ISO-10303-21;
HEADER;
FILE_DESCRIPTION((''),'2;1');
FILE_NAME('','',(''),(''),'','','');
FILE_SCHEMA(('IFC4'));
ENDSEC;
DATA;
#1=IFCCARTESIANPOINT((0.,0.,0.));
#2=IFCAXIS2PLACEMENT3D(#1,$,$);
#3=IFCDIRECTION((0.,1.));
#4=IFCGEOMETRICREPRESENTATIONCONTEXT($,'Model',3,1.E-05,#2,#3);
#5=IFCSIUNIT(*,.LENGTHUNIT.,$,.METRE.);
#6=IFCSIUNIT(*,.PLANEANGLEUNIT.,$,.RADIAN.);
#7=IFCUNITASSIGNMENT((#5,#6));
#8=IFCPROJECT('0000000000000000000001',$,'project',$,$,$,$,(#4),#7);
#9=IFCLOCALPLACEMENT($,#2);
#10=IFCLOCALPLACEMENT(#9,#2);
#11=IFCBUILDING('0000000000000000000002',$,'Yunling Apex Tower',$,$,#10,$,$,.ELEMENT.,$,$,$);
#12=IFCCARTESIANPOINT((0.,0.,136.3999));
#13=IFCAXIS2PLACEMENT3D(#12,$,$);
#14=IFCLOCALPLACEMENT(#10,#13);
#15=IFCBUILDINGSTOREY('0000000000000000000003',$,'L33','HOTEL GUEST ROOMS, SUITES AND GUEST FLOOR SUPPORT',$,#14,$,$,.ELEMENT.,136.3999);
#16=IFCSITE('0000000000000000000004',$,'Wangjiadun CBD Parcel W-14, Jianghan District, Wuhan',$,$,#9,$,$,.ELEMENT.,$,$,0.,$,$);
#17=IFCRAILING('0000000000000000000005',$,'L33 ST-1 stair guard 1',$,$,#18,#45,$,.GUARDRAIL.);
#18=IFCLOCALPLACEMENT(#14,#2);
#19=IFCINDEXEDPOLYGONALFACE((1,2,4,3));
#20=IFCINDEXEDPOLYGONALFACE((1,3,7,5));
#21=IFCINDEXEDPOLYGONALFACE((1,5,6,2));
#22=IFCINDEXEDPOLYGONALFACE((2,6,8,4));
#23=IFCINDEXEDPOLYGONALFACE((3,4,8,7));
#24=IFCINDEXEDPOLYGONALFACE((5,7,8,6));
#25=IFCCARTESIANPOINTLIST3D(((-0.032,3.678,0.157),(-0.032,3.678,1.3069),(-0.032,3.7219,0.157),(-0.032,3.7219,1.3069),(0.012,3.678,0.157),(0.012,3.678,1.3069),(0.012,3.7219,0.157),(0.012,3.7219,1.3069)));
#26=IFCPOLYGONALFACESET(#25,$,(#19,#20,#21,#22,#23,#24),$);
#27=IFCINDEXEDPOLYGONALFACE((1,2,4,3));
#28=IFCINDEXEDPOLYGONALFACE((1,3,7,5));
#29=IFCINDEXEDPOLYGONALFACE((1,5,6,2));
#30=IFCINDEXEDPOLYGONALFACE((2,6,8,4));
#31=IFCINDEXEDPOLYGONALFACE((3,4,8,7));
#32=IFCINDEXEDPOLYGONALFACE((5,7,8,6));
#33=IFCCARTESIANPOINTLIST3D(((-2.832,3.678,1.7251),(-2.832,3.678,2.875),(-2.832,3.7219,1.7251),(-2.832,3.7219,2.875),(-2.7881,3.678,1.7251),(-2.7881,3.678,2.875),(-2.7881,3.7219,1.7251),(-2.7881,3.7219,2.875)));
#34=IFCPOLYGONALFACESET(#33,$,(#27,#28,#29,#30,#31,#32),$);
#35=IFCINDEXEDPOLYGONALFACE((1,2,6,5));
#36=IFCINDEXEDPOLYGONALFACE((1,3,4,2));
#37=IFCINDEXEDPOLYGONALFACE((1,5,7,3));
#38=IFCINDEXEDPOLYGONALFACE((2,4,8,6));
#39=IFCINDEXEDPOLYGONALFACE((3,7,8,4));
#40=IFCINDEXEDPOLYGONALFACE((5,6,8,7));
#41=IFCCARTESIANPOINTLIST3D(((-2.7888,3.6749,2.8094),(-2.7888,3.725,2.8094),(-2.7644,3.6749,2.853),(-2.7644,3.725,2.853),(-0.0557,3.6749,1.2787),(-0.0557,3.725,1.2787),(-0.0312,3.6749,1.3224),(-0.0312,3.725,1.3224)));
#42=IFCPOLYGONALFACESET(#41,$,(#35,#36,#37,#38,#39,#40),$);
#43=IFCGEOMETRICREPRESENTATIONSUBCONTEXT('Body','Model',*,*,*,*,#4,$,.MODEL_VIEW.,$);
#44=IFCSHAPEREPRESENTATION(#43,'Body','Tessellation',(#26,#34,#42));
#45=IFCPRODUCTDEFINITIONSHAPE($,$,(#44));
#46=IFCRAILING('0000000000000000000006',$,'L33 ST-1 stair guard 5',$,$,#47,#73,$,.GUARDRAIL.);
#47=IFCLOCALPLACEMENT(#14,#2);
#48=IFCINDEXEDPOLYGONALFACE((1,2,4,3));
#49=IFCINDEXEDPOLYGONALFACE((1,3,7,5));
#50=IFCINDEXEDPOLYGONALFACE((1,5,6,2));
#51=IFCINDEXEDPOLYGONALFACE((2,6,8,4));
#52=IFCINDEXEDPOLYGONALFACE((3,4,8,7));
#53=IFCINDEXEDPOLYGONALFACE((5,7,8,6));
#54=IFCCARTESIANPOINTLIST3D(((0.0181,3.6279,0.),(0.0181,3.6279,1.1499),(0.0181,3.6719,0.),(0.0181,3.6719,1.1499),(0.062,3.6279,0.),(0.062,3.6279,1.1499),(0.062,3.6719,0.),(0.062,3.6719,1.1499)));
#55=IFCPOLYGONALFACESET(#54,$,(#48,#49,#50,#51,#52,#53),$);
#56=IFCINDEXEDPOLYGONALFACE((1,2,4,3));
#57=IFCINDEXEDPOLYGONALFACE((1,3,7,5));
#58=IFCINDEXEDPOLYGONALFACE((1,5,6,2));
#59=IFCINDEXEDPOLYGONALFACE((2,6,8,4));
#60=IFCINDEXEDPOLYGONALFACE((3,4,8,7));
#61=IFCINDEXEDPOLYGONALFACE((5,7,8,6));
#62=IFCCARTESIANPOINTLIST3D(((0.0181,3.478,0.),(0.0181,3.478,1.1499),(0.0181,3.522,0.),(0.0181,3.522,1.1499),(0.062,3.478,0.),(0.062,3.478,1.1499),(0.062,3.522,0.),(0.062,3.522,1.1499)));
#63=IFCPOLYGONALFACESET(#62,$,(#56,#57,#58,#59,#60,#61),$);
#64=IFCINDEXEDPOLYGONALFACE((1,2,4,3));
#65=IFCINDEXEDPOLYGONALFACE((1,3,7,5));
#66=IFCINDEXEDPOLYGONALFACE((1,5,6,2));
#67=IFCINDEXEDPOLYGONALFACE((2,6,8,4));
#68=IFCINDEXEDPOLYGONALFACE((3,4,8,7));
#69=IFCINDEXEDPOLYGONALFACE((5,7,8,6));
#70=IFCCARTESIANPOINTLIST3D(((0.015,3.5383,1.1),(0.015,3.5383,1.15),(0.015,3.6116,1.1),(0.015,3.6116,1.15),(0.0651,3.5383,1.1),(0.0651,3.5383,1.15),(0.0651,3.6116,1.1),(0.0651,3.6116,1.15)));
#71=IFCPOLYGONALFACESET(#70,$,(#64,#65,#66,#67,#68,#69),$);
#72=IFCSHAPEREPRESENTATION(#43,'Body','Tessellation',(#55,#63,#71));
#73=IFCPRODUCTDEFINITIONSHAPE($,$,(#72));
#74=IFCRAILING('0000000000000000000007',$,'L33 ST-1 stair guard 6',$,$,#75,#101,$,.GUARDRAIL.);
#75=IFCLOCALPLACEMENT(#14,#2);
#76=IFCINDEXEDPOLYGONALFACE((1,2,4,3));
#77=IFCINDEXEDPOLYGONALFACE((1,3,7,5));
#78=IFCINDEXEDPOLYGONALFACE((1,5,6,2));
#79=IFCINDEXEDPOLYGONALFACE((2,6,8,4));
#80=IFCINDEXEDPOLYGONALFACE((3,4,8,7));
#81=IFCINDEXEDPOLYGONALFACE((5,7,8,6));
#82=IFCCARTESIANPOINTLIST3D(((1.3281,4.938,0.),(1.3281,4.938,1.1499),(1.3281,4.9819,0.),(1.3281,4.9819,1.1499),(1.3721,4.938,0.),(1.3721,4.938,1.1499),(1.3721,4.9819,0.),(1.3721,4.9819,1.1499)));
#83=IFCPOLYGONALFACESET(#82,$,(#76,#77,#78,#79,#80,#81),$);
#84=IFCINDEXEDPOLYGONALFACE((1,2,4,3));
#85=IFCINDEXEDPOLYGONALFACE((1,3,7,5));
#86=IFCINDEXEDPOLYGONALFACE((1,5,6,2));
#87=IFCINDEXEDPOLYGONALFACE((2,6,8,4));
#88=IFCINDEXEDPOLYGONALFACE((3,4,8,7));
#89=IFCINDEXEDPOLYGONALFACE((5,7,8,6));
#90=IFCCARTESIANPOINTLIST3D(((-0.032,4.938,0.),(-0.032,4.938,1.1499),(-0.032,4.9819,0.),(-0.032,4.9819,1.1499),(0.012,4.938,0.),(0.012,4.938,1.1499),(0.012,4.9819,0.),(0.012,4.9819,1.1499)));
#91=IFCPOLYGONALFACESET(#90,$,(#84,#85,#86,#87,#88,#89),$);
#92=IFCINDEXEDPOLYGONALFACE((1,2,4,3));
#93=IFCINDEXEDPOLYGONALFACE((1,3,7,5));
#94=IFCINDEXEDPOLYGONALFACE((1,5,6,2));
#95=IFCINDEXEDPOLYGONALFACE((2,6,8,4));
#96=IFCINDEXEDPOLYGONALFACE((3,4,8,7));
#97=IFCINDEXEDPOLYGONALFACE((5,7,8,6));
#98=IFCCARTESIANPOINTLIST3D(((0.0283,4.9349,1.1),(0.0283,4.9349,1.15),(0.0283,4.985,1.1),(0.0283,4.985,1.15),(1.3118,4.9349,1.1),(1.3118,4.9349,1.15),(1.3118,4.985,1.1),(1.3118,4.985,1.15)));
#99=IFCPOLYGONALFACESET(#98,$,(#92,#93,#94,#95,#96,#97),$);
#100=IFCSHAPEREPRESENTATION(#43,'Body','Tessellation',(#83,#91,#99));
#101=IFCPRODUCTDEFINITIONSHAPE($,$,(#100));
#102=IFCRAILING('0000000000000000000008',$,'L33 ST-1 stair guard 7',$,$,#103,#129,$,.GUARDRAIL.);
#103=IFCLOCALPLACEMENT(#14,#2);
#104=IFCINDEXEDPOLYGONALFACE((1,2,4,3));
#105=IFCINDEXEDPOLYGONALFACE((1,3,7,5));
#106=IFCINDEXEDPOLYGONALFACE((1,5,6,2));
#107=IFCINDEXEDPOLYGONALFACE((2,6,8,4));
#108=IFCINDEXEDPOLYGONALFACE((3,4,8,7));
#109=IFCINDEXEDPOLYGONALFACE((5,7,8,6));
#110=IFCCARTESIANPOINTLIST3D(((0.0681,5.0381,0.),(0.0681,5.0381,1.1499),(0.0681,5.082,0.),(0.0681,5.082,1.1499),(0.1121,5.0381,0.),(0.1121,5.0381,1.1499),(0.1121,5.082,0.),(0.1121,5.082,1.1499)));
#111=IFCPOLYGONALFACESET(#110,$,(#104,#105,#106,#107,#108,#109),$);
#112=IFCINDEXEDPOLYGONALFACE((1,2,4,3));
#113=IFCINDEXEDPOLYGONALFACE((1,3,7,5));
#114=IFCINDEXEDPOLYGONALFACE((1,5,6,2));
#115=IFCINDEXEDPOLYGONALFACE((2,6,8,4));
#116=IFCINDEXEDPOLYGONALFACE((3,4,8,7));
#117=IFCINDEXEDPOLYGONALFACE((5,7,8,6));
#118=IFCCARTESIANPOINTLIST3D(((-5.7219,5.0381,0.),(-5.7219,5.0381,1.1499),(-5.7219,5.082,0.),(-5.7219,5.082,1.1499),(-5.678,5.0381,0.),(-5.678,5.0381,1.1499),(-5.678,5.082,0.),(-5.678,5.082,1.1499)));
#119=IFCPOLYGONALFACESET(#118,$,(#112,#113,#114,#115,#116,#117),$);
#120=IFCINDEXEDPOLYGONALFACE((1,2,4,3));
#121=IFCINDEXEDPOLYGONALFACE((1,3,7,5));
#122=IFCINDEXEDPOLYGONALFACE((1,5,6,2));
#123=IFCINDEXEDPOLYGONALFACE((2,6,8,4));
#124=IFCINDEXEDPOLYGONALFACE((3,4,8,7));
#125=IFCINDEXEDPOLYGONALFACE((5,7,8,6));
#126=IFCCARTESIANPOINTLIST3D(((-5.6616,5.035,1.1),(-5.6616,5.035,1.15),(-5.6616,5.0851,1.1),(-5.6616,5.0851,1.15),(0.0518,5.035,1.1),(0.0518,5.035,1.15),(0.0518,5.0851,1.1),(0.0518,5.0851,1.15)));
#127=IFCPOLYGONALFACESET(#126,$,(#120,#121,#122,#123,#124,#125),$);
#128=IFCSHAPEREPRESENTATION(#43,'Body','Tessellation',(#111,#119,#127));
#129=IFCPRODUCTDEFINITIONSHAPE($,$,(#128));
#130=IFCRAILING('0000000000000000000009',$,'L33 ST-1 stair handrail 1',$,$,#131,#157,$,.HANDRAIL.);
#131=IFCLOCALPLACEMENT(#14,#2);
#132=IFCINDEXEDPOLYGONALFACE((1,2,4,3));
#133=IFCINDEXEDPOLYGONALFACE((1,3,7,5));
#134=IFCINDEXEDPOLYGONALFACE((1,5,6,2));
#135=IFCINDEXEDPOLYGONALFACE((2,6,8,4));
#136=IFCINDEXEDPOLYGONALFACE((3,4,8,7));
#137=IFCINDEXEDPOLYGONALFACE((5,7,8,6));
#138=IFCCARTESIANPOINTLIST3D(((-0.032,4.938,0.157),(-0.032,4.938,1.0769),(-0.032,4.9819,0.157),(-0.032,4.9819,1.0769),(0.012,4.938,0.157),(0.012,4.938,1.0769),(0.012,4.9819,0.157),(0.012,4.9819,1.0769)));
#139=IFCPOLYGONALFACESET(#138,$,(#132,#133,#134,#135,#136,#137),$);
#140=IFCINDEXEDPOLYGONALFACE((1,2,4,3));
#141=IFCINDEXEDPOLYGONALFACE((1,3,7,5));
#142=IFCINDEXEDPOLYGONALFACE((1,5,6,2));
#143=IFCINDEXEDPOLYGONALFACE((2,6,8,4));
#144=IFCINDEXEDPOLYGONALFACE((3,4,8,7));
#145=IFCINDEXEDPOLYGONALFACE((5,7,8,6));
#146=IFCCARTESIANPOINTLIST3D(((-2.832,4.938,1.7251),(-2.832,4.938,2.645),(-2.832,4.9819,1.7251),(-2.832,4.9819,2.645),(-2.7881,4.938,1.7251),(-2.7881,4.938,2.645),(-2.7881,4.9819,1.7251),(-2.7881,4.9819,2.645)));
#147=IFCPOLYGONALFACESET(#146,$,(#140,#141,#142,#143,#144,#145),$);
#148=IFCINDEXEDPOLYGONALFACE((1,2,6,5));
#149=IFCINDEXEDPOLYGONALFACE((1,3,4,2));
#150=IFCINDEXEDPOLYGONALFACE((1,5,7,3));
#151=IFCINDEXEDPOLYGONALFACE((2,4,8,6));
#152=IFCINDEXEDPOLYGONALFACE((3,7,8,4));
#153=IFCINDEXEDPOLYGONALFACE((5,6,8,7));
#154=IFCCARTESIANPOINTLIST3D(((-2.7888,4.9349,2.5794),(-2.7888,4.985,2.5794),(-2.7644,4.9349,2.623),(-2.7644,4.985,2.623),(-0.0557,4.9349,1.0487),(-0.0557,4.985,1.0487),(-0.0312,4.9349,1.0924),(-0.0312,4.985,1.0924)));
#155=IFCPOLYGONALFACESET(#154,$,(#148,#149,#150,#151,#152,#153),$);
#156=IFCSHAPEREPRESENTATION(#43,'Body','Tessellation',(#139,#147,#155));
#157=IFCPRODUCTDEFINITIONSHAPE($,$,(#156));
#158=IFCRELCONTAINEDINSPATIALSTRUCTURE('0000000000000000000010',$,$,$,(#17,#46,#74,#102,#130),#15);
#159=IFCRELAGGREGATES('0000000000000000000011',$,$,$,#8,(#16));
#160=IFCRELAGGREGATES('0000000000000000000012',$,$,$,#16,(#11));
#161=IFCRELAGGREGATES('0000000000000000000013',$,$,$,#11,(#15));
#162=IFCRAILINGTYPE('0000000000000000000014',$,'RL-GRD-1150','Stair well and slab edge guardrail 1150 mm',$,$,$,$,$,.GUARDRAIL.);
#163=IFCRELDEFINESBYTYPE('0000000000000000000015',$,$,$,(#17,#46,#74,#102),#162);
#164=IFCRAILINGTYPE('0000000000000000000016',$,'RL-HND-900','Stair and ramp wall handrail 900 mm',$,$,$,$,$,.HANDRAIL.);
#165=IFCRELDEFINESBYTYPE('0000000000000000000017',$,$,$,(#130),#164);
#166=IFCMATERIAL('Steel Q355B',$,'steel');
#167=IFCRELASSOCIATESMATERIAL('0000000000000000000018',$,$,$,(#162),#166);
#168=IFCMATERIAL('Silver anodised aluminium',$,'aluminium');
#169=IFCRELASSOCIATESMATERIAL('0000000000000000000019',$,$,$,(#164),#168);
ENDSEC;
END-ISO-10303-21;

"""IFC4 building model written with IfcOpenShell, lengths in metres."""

from ifc_helpers import new_model, si_unit, direction, frame, origin, origin_2d, place, context, subcontext, project, spatial, rectangle, extrude, material, type_object, element, save


model = new_model("IFC4")

# Units and contexts
model_context = context("Model", 3, precision=1e-05, world=origin(), true_north=direction((0.0, 1.0)))
body_context = subcontext(model_context, "Body", "Model", "MODEL_VIEW")
ifc_project = project(units=[si_unit("LENGTHUNIT", "METRE"), si_unit("PLANEANGLEUNIT", "RADIAN")], contexts=[model_context])

# Site, building, storey
site_placement = place(None, origin())
site = spatial("IfcSite", under=ifc_project, at=site_placement, Name="Wangjiadun CBD Parcel W-14, Jianghan District, Wuhan", CompositionType="ELEMENT", RefElevation=0.0)
building_placement = place(site_placement, origin())
building = spatial("IfcBuilding", under=site, at=building_placement, Name="Yunling Apex Tower", CompositionType="ELEMENT")
storey_placement = place(building_placement, frame((0.0, 0.0, 136.3999)))
storey = spatial("IfcBuildingStorey", under=building, at=storey_placement, Name="L33", Description="HOTEL GUEST ROOMS, SUITES AND GUEST FLOOR SUPPORT", CompositionType="ELEMENT", Elevation=136.3999)

# Shared definitions
ifc_material_1 = material(Name="Steel Q355B", Category="steel")

# Railings
railing_type_1 = type_object("IfcRailingType", Name="RL-GRD-1150", Description="Stair well and slab edge guardrail 1150 mm", PredefinedType="GUARDRAIL", material=ifc_material_1)
railing_1_placement = place(storey_placement, frame((-0.01, 3.7, 0.157)))
element("IfcRailing", 1, at=railing_1_placement, inside=storey, type_object=railing_type_1, Name="L33 ST-1 stair guard 1", PredefinedType="GUARDRAIL", context=body_context, shape_type="SweptSolid", body=[
    extrude(rectangle(XDim=0.0439, YDim=0.0439, at=origin_2d()), origin(), (0.0, 0.0, 1.0), 1.1499),
    extrude(rectangle(XDim=0.0439, YDim=0.0439, at=origin_2d()), frame((-2.8, 0.0, 1.5681)), (0.0, 0.0, 1.0), 1.1499),
    extrude(rectangle(XDim=0.05, YDim=0.05, at=origin_2d()), frame((-0.0334, 0.0, 1.1436), z_axis=(-0.872494, 0.0, 0.488624), x_axis=(0.0, -1.0, 0.0)), (0.0, 0.0, 1.0), 3.1326),
])
railing_2_placement = place(storey_placement, frame((0.04, 3.6499, 0.0)))
element("IfcRailing", 2, at=railing_2_placement, inside=storey, type_object=railing_type_1, Name="L33 ST-1 stair guard 5", PredefinedType="GUARDRAIL", context=body_context, shape_type="SweptSolid", body=[
    extrude(rectangle(XDim=0.0439, YDim=0.0439, at=origin_2d()), origin(), (0.0, 0.0, 1.0), 1.1499),
    extrude(rectangle(XDim=0.0439, YDim=0.0439, at=origin_2d()), frame((0.0, -0.1499, 0.0)), (0.0, 0.0, 1.0), 1.1499),
    extrude(rectangle(XDim=0.05, YDim=0.05, at=origin_2d()), frame((0.0, -0.0383, 1.125), z_axis=(0.0, -1.0, 0.0), x_axis=(1.0, 0.0, 0.0)), (0.0, 0.0, 1.0), 0.0732),
])
railing_3_placement = place(storey_placement, frame((1.3501, 4.96, 0.0)))
element("IfcRailing", 3, at=railing_3_placement, inside=storey, type_object=railing_type_1, Name="L33 ST-1 stair guard 6", PredefinedType="GUARDRAIL", context=body_context, shape_type="SweptSolid", body=[
    extrude(rectangle(XDim=0.0439, YDim=0.0439, at=origin_2d()), origin(), (0.0, 0.0, 1.0), 1.1499),
    extrude(rectangle(XDim=0.0439, YDim=0.0439, at=origin_2d()), frame((-1.3601, 0.0, 0.0)), (0.0, 0.0, 1.0), 1.1499),
    extrude(rectangle(XDim=0.05, YDim=0.05, at=origin_2d()), frame((-0.0383, 0.0, 1.125), z_axis=(-1.0, 0.0, 0.0), x_axis=(0.0, -1.0, 0.0)), (0.0, 0.0, 1.0), 1.2834),
])
railing_4_placement = place(storey_placement, frame((0.0901, 5.0601, 0.0)))
element("IfcRailing", 4, at=railing_4_placement, inside=storey, type_object=railing_type_1, Name="L33 ST-1 stair guard 7", PredefinedType="GUARDRAIL", context=body_context, shape_type="SweptSolid", body=[
    extrude(rectangle(XDim=0.0439, YDim=0.0439, at=origin_2d()), origin(), (0.0, 0.0, 1.0), 1.1499),
    extrude(rectangle(XDim=0.0439, YDim=0.0439, at=origin_2d()), frame((-5.79, 0.0, 0.0)), (0.0, 0.0, 1.0), 1.1499),
    extrude(rectangle(XDim=0.05, YDim=0.05, at=origin_2d()), frame((-0.0383, 0.0, 1.125), z_axis=(-1.0, 0.0, 0.0), x_axis=(0.0, -1.0, 0.0)), (0.0, 0.0, 1.0), 5.7134),
])
ifc_material_2 = material(Name="Silver anodised aluminium", Category="aluminium")
railing_type_2 = type_object("IfcRailingType", Name="RL-HND-900", Description="Stair and ramp wall handrail 900 mm", PredefinedType="HANDRAIL", material=ifc_material_2)
railing_5_placement = place(storey_placement, frame((-0.01, 4.96, 0.157)))
element("IfcRailing", 5, at=railing_5_placement, inside=storey, type_object=railing_type_2, Name="L33 ST-1 stair handrail 1", PredefinedType="HANDRAIL", context=body_context, shape_type="SweptSolid", body=[
    extrude(rectangle(XDim=0.0439, YDim=0.0439, at=origin_2d()), origin(), (0.0, 0.0, 1.0), 0.9199),
    extrude(rectangle(XDim=0.0439, YDim=0.0439, at=origin_2d()), frame((-2.8, 0.0, 1.5681)), (0.0, 0.0, 1.0), 0.9199),
    extrude(rectangle(XDim=0.05, YDim=0.05, at=origin_2d()), frame((-0.0334, 0.0, 0.9136), z_axis=(-0.872494, 0.0, 0.488624), x_axis=(0.0, -1.0, 0.0)), (0.0, 0.0, 1.0), 3.1326),
])

save(model, "model.ifc")
